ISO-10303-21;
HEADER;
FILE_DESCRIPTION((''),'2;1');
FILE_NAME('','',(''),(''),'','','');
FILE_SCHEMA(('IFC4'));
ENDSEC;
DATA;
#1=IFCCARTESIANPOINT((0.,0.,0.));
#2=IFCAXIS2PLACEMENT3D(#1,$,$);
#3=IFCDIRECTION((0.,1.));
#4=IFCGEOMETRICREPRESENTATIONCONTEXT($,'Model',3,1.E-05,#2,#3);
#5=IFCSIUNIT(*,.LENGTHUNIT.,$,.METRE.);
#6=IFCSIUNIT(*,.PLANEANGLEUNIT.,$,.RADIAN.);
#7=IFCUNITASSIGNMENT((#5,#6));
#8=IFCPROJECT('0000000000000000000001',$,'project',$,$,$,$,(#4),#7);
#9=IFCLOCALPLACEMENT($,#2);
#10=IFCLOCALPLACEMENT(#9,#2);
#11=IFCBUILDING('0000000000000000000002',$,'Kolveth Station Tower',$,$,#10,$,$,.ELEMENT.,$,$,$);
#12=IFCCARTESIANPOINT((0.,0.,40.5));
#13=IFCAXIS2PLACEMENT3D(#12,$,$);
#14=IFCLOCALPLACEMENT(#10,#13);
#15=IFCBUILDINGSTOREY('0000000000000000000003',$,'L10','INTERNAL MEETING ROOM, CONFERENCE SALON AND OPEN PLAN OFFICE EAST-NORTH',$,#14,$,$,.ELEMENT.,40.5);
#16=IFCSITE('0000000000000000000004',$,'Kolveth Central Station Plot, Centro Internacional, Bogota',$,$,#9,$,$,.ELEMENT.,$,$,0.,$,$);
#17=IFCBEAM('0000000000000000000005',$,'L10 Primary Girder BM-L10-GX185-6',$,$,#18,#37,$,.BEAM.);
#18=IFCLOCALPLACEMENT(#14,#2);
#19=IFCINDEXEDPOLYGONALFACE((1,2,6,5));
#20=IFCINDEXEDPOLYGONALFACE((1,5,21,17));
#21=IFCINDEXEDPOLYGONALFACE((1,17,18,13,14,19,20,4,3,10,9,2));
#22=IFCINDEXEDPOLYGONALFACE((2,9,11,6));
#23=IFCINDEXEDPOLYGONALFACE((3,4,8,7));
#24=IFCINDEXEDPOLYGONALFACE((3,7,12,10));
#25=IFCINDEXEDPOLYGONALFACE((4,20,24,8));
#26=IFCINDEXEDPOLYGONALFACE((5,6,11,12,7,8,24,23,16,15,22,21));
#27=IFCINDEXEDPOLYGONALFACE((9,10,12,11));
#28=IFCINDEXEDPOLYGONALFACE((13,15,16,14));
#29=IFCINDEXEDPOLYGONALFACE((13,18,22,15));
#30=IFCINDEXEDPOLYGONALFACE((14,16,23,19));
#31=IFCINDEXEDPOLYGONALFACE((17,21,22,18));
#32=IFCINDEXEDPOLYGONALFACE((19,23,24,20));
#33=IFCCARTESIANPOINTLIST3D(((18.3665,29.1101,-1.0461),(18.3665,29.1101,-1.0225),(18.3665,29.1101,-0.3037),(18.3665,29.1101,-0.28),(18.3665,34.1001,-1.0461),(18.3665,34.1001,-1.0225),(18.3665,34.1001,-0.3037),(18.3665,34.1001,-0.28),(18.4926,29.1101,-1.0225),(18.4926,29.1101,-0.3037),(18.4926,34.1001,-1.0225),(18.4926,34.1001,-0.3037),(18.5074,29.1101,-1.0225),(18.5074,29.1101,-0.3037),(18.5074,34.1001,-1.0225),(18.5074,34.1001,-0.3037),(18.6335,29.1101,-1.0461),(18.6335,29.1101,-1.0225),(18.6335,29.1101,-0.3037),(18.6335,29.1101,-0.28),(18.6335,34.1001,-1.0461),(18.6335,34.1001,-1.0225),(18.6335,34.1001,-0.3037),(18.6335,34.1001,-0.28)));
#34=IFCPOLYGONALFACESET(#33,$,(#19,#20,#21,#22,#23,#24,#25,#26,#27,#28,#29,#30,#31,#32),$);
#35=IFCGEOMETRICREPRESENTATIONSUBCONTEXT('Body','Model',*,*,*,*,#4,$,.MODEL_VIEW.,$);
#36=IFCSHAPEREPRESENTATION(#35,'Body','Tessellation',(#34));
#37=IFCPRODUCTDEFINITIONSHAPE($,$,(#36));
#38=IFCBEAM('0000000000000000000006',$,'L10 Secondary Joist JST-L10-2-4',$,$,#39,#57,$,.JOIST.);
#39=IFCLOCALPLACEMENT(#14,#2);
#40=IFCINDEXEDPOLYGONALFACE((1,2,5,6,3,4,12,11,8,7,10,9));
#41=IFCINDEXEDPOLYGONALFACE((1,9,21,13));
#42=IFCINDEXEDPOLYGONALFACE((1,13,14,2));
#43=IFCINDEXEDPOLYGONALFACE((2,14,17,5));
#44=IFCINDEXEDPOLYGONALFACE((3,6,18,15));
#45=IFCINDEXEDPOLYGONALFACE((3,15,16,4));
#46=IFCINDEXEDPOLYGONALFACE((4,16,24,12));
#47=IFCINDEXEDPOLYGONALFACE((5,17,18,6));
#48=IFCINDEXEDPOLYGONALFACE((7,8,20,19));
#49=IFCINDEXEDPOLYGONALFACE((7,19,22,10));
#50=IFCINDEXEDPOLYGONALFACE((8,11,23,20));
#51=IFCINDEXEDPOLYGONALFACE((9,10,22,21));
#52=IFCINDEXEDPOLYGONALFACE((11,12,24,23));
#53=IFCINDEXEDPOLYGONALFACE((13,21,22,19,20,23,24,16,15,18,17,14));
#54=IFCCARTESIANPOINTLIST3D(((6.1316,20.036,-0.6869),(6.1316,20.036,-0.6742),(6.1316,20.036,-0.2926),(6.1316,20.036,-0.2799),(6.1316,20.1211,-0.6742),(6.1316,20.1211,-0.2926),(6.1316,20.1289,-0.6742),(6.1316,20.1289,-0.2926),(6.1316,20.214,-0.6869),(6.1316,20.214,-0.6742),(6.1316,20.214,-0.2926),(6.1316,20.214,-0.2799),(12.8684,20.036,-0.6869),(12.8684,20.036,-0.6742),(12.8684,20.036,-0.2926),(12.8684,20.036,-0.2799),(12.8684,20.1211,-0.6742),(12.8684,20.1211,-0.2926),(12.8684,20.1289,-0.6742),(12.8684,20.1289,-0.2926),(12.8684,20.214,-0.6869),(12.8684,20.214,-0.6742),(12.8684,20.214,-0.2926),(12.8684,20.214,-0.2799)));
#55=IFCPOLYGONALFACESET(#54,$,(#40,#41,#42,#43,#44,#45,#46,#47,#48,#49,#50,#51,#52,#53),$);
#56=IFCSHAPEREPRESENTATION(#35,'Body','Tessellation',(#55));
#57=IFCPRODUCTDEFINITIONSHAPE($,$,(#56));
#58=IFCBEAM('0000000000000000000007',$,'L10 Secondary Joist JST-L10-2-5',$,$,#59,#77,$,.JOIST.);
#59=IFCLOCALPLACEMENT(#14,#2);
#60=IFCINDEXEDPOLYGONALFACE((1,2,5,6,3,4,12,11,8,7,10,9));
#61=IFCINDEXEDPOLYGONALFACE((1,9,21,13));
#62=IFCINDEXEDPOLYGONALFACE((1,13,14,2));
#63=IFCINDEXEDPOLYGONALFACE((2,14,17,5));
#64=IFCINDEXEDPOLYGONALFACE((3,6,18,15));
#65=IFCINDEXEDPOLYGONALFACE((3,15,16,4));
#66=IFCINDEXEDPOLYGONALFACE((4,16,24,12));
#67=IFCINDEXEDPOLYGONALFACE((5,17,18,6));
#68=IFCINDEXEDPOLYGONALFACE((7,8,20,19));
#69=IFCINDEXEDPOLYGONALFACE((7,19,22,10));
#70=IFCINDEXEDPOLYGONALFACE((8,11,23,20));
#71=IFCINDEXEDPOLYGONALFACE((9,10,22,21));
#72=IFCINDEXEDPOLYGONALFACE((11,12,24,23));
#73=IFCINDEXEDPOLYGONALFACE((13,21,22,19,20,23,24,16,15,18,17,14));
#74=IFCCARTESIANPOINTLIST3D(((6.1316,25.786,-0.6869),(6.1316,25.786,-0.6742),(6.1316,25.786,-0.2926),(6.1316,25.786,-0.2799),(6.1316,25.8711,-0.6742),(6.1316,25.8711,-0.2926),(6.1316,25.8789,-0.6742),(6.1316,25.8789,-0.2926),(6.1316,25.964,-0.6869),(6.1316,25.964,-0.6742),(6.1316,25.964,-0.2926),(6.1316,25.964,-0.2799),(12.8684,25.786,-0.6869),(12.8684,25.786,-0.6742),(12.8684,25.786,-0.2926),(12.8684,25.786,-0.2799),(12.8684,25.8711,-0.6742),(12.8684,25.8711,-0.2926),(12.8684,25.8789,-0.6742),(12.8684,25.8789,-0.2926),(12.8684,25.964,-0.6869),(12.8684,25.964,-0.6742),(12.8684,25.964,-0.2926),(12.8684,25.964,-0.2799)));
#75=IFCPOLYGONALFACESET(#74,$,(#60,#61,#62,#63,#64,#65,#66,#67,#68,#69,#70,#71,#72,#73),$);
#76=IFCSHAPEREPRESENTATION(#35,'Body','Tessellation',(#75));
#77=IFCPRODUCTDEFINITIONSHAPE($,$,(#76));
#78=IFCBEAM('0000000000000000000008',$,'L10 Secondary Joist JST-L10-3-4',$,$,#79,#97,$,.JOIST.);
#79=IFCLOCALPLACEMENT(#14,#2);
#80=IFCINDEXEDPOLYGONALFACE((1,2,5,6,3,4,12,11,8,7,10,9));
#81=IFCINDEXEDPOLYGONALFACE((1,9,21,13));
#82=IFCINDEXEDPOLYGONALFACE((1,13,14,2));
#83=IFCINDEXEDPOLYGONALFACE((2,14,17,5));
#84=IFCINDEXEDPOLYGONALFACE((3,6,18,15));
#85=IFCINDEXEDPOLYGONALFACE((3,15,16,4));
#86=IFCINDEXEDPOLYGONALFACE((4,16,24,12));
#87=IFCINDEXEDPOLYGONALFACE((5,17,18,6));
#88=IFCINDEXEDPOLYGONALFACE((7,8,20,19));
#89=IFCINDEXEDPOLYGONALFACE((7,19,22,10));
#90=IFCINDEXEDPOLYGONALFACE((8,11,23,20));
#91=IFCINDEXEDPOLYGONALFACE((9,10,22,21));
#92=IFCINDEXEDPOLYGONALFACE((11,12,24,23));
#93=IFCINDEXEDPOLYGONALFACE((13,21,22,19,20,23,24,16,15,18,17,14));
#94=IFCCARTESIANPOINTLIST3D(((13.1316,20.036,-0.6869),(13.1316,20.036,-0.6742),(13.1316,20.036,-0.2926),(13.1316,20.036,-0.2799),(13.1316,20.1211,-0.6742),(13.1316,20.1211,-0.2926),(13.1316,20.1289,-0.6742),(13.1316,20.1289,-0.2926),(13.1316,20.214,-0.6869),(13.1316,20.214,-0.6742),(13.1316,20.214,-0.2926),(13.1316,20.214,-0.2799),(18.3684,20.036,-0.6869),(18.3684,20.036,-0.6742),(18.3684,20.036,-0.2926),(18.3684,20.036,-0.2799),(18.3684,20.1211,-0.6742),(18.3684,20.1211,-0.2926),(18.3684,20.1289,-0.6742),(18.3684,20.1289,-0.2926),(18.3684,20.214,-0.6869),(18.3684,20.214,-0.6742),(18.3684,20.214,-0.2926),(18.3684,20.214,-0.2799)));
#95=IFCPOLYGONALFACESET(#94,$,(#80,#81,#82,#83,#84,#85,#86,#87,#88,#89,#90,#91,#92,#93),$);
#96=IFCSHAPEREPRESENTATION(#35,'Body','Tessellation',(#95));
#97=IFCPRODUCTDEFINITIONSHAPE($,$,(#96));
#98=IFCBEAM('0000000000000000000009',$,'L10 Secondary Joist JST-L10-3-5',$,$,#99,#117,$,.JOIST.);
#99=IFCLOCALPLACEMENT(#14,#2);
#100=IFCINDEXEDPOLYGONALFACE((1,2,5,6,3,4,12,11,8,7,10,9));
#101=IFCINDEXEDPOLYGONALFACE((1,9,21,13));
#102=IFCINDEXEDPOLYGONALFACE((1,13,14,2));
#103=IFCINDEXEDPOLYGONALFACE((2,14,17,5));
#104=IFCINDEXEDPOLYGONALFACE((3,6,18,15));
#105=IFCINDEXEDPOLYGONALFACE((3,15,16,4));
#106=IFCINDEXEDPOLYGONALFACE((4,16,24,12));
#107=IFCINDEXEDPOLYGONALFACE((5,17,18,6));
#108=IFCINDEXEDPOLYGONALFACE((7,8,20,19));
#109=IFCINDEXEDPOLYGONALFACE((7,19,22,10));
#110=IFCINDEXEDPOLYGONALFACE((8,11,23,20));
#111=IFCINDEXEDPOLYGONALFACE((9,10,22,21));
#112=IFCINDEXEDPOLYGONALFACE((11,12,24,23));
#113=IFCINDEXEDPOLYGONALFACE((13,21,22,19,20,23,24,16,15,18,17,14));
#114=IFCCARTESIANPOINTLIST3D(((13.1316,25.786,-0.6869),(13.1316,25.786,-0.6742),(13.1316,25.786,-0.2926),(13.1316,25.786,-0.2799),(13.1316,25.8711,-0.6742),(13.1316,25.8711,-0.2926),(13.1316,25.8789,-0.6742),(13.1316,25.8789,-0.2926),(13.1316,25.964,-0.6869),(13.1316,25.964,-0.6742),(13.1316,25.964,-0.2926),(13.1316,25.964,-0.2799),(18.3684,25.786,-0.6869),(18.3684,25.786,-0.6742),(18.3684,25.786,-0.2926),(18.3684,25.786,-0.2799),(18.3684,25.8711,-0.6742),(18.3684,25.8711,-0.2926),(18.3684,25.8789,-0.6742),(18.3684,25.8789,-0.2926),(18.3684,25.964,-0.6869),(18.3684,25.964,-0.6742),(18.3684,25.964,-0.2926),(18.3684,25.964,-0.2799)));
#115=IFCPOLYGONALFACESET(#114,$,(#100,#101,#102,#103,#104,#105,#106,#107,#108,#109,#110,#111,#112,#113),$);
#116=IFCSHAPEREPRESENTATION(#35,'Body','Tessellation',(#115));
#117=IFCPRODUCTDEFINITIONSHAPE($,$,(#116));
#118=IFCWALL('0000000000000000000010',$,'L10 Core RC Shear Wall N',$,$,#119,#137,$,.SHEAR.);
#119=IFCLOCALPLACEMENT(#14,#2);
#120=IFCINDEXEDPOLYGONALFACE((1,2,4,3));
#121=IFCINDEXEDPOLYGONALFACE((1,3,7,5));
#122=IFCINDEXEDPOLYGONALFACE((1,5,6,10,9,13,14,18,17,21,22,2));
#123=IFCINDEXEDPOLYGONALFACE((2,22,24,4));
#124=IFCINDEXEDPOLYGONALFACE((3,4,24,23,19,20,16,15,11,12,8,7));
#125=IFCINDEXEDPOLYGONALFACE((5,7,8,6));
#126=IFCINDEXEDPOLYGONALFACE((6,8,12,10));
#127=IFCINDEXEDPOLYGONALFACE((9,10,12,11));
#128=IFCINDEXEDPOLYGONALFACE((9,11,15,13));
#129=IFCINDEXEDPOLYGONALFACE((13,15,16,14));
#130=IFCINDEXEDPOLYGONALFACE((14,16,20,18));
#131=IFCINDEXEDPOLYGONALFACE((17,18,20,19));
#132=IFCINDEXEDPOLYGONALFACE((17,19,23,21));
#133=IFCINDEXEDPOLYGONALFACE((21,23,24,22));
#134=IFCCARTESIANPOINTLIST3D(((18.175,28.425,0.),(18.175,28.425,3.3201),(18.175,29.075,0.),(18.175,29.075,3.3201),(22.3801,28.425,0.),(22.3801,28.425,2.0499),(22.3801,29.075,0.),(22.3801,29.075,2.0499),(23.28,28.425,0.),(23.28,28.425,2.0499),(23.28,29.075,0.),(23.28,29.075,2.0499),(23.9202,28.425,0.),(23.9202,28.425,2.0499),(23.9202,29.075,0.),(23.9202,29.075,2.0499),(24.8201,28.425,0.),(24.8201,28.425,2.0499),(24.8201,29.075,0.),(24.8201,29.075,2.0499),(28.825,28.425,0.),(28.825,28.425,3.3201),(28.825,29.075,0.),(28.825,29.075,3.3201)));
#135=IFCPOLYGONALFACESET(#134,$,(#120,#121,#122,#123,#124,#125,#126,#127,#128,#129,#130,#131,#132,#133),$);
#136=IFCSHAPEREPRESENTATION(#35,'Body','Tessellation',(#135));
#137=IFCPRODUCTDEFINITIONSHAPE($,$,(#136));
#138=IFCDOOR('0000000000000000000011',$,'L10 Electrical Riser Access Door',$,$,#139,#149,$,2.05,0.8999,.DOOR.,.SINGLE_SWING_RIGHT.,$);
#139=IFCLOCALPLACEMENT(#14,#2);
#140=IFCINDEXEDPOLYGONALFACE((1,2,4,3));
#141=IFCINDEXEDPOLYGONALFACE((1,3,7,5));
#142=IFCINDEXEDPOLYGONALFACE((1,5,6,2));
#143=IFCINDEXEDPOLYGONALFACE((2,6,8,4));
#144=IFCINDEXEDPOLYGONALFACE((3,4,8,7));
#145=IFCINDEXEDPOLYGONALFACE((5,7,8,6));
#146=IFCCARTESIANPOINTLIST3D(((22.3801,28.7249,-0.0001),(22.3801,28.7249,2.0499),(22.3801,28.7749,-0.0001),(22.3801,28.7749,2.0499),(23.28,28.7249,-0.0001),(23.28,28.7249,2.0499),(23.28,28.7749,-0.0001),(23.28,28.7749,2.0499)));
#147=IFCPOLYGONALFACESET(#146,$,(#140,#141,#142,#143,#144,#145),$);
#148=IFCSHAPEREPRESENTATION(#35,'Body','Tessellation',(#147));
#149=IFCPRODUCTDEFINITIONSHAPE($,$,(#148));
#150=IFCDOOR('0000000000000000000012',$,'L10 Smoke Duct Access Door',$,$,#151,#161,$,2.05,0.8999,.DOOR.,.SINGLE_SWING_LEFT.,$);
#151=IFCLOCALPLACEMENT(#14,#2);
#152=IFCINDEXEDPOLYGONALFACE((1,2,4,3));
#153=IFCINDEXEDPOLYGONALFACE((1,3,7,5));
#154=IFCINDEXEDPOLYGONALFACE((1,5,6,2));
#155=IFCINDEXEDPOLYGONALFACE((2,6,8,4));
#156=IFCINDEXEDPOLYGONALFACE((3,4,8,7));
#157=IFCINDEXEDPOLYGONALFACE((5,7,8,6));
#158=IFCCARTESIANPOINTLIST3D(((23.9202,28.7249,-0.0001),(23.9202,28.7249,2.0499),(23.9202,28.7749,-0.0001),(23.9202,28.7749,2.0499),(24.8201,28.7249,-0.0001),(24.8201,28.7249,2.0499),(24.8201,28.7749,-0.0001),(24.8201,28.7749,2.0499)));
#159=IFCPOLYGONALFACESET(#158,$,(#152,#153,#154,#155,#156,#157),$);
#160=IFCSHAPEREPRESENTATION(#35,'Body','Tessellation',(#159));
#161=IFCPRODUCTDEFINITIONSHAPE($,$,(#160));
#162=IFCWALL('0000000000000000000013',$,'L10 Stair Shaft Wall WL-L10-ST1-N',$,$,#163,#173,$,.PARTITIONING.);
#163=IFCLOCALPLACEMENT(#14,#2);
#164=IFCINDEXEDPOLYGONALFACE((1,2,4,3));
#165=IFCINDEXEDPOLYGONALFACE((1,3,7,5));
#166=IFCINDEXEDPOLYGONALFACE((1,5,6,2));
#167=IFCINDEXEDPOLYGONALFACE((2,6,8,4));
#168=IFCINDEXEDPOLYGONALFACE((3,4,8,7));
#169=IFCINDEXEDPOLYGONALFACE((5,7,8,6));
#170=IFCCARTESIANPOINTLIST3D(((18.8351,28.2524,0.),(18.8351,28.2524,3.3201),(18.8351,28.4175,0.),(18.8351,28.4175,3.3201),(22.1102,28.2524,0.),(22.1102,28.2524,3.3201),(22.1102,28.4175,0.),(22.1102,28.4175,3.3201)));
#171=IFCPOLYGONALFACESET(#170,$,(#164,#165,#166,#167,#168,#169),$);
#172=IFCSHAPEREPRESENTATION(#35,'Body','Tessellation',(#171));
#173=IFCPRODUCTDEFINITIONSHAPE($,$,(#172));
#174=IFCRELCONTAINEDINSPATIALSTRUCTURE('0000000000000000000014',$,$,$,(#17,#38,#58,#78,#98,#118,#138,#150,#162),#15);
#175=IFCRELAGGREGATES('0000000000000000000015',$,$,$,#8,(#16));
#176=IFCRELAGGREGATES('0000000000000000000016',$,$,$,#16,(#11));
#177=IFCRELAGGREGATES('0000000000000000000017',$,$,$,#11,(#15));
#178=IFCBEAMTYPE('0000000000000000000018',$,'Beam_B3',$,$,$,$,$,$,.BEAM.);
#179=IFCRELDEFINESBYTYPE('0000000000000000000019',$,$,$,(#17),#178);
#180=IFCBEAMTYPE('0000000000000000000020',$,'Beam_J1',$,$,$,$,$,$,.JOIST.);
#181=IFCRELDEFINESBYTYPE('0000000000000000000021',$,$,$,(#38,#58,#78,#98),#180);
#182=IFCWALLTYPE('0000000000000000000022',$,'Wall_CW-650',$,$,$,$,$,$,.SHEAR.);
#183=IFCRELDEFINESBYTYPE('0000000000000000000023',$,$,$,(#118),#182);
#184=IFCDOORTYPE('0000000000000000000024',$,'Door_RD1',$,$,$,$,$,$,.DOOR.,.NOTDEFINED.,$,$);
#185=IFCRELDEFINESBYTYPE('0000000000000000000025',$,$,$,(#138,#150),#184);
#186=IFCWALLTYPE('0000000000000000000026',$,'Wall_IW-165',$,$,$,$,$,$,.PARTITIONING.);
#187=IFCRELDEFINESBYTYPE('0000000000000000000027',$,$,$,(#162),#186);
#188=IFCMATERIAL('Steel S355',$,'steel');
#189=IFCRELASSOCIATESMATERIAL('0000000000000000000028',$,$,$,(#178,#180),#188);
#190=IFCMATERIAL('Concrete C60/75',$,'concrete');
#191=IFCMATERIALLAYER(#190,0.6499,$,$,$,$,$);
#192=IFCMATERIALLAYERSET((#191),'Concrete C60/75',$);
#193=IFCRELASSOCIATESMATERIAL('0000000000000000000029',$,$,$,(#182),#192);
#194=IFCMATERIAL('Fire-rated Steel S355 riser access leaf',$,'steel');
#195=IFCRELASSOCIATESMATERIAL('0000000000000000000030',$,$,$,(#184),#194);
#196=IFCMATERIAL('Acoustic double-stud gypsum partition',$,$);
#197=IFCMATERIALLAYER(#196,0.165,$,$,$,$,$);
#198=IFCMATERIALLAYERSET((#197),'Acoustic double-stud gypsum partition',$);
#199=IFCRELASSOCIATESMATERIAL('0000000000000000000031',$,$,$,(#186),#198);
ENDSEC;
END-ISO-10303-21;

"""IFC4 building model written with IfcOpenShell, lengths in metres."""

from ifc_helpers import new_model, si_unit, direction, frame, frame_2d, origin, origin_2d, place, context, subcontext, project, spatial, rectangle, i_section, extrude, source, transform, mapped, material, layer, layer_set, material_profile, profile_set, type_object, element, fill, save


model = new_model("IFC4")

# Units and contexts
model_context = context("Model", 3, precision=1e-05, world=origin(), true_north=direction((0.0, 1.0)))
body_context = subcontext(model_context, "Body", "Model", "MODEL_VIEW")
ifc_project = project(units=[si_unit("LENGTHUNIT", "METRE"), si_unit("PLANEANGLEUNIT", "RADIAN")], contexts=[model_context])

# Site, building, storey
site_placement = place(None, origin())
site = spatial("IfcSite", under=ifc_project, at=site_placement, Name="Kolveth Central Station Plot, Centro Internacional, Bogota", CompositionType="ELEMENT", RefElevation=0.0)
building_placement = place(site_placement, origin())
building = spatial("IfcBuilding", under=site, at=building_placement, Name="Kolveth Station Tower", CompositionType="ELEMENT")
storey_placement = place(building_placement, frame((0.0, 0.0, 40.5)))
storey = spatial("IfcBuildingStorey", under=building, at=storey_placement, Name="L10", Description="INTERNAL MEETING ROOM, CONFERENCE SALON AND OPEN PLAN OFFICE EAST-NORTH", CompositionType="ELEMENT", Elevation=40.5)

# Beams
ifc_material_1 = material(Name="Steel S355", Category="steel")
ifc_material_profile_1 = material_profile(ifc_material_1, i_section(OverallWidth=0.2671, OverallDepth=0.7661, WebThickness=0.0149, FlangeThickness=0.0237, at=origin_2d()), Name="W760x185")
ifc_profile_set_1 = profile_set([ifc_material_profile_1], Name="Steel S355")
beam_type_1 = type_object("IfcBeamType", Name="Beam_B3", PredefinedType="BEAM", material=ifc_profile_set_1)
shared_shape_1 = source(origin(), body_context, "Body", "SweptSolid", [
    extrude(i_section(OverallWidth=0.2671, OverallDepth=0.7661, WebThickness=0.0149, FlangeThickness=0.0237, at=origin_2d()), origin(), (0.0, 0.0, 1.0), 4.99),
])
beam_1_placement = place(storey_placement, frame((18.5, 29.1101, -0.6631), z_axis=(0.0, 1.0, 0.0), x_axis=(-1.0, 0.0, 0.0)))
element("IfcBeam", 1, at=beam_1_placement, inside=storey, type_object=beam_type_1, Name="L10 Primary Girder BM-L10-GX185-6", PredefinedType="BEAM", context=body_context, shape_type="MappedRepresentation", body=[
    mapped(shared_shape_1, transform((0.0, 0.0, 0.0), x_axis=(1.0, 0.0, 0.0), y_axis=(0.0, 1.0, 0.0), z_axis=(0.0, 0.0, 1.0), scale=1.0)),
])
ifc_material_profile_2 = material_profile(ifc_material_1, i_section(OverallWidth=0.178, OverallDepth=0.407, WebThickness=0.0078, FlangeThickness=0.0127, at=origin_2d()), Name="W410x60")
ifc_profile_set_2 = profile_set([ifc_material_profile_2], Name="Steel S355")
beam_type_2 = type_object("IfcBeamType", Name="Beam_J1", PredefinedType="JOIST", material=ifc_profile_set_2)
shared_shape_2 = source(origin(), body_context, "Body", "SweptSolid", [
    extrude(i_section(OverallWidth=0.178, OverallDepth=0.407, WebThickness=0.0078, FlangeThickness=0.0127, at=origin_2d()), origin(), (0.0, 0.0, 1.0), 6.7368),
])
for number, where, z_axis, x_axis, name in (
    (2, (6.1316, 20.125, -0.4834), (1.0, 0.0, 0.0), (0.0, 1.0, 0.0), "L10 Secondary Joist JST-L10-2-4"),
    (3, (6.1316, 25.875, -0.4834), (1.0, 0.0, 0.0), (0.0, 1.0, 0.0), "L10 Secondary Joist JST-L10-2-5"),
):
    element("IfcBeam", number, at=place(storey_placement, frame(where, z_axis=z_axis, x_axis=x_axis)), inside=storey, type_object=beam_type_2, Name=name, PredefinedType="JOIST", context=body_context, shape_type="MappedRepresentation", body=[
        mapped(shared_shape_2, transform((0.0, 0.0, 0.0), x_axis=(1.0, 0.0, 0.0), y_axis=(0.0, 1.0, 0.0), z_axis=(0.0, 0.0, 1.0), scale=1.0)),
    ])
shared_shape_3 = source(origin(), body_context, "Body", "SweptSolid", [
    extrude(i_section(OverallWidth=0.178, OverallDepth=0.407, WebThickness=0.0078, FlangeThickness=0.0127, at=origin_2d()), origin(), (0.0, 0.0, 1.0), 5.2368),
])
for number, where, z_axis, x_axis, name in (
    (4, (13.1316, 20.125, -0.4834), (1.0, 0.0, 0.0), (0.0, 1.0, 0.0), "L10 Secondary Joist JST-L10-3-4"),
    (5, (13.1316, 25.875, -0.4834), (1.0, 0.0, 0.0), (0.0, 1.0, 0.0), "L10 Secondary Joist JST-L10-3-5"),
):
    element("IfcBeam", number, at=place(storey_placement, frame(where, z_axis=z_axis, x_axis=x_axis)), inside=storey, type_object=beam_type_2, Name=name, PredefinedType="JOIST", context=body_context, shape_type="MappedRepresentation", body=[
        mapped(shared_shape_3, transform((0.0, 0.0, 0.0), x_axis=(1.0, 0.0, 0.0), y_axis=(0.0, 1.0, 0.0), z_axis=(0.0, 0.0, 1.0), scale=1.0)),
    ])

# Wall, openings, doors
ifc_material_2 = material(Name="Concrete C60/75", Category="concrete")
ifc_layer_1 = layer(ifc_material_2, 0.6499)
ifc_layer_set_1 = layer_set([ifc_layer_1], Name="Concrete C60/75")
wall_type_1 = type_object("IfcWallType", Name="Wall_CW-650", PredefinedType="SHEAR", material=ifc_layer_set_1)
wall_1_placement = place(storey_placement, frame((18.175, 28.75, 0.0), z_axis=(0.0, 0.0, 1.0), x_axis=(1.0, 0.0, 0.0)))
wall_1 = element("IfcWall", 6, at=wall_1_placement, inside=storey, type_object=wall_type_1, Name="L10 Core RC Shear Wall N", PredefinedType="SHEAR", context=body_context, shape_type="SweptSolid", body=[
    extrude(rectangle(XDim=10.6499, YDim=0.6499, at=frame_2d((5.325, 0.0))), origin(), (0.0, 0.0, 1.0), 3.3201),
])
opening_1_placement = place(wall_1_placement, frame((4.2051, 0.0, 0.0)))
opening_1 = element("IfcOpeningElement", 7, at=opening_1_placement, cuts=wall_1, PredefinedType="OPENING", context=body_context, shape_type="SweptSolid", body=[
    extrude(rectangle(XDim=0.8999, YDim=2.05, at=frame_2d((0.45, 1.0249))), frame((0.0, 0.335, 0.0), z_axis=(0.0, -1.0, 0.0), x_axis=(1.0, 0.0, 0.0)), (0.0, 0.0, 1.0), 0.6699),
])
opening_2_placement = place(wall_1_placement, frame((5.7451, 0.0, 0.0)))
opening_2 = element("IfcOpeningElement", 8, at=opening_2_placement, cuts=wall_1, PredefinedType="OPENING", context=body_context, shape_type="SweptSolid", body=[
    extrude(rectangle(XDim=0.8999, YDim=2.05, at=frame_2d((0.45, 1.0249))), frame((0.0, 0.335, 0.0), z_axis=(0.0, -1.0, 0.0), x_axis=(1.0, 0.0, 0.0)), (0.0, 0.0, 1.0), 0.6699),
])
ifc_material_3 = material(Name="Fire-rated Steel S355 riser access leaf", Category="steel")
door_type_1 = type_object("IfcDoorType", Name="Door_RD1", OperationType="NOTDEFINED", PredefinedType="DOOR", material=ifc_material_3)
door_1_placement = place(opening_1_placement, origin())
door_1 = element("IfcDoor", 9, at=door_1_placement, inside=storey, type_object=door_type_1, Name="L10 Electrical Riser Access Door", OperationType="SINGLE_SWING_RIGHT", OverallHeight=2.05, OverallWidth=0.8999, PredefinedType="DOOR", context=body_context, shape_type="SweptSolid", body=[
    extrude(rectangle(XDim=0.8999, YDim=2.05, at=frame_2d((0.45, 1.0249))), frame((0.0, 0.0249, 0.0), z_axis=(0.0, -1.0, 0.0), x_axis=(1.0, 0.0, 0.0)), (0.0, 0.0, 1.0), 0.05),
])
fill(opening_1, door_1)
door_2_placement = place(opening_2_placement, origin())
door_2 = element("IfcDoor", 10, at=door_2_placement, inside=storey, type_object=door_type_1, Name="L10 Smoke Duct Access Door", OperationType="SINGLE_SWING_LEFT", OverallHeight=2.05, OverallWidth=0.8999, PredefinedType="DOOR", context=body_context, shape_type="SweptSolid", body=[
    extrude(rectangle(XDim=0.8999, YDim=2.05, at=frame_2d((0.45, 1.0249))), frame((0.0, 0.0249, 0.0), z_axis=(0.0, -1.0, 0.0), x_axis=(1.0, 0.0, 0.0)), (0.0, 0.0, 1.0), 0.05),
])
fill(opening_2, door_2)

# Wall
ifc_material_4 = material(Name="Acoustic double-stud gypsum partition")
ifc_layer_2 = layer(ifc_material_4, 0.165)
ifc_layer_set_2 = layer_set([ifc_layer_2], Name="Acoustic double-stud gypsum partition")
wall_type_2 = type_object("IfcWallType", Name="Wall_IW-165", PredefinedType="PARTITIONING", material=ifc_layer_set_2)
wall_2_placement = place(storey_placement, frame((18.835, 28.335, 0.0), z_axis=(0.0, 0.0, 1.0), x_axis=(1.0, 0.0, 0.0)))
element("IfcWall", 11, at=wall_2_placement, inside=storey, type_object=wall_type_2, Name="L10 Stair Shaft Wall WL-L10-ST1-N", PredefinedType="PARTITIONING", context=body_context, shape_type="SweptSolid", body=[
    extrude(rectangle(XDim=3.2751, YDim=0.165, at=frame_2d((1.6377, 0.0))), origin(), (0.0, 0.0, 1.0), 3.3201),
])

save(model, "model.ifc")
